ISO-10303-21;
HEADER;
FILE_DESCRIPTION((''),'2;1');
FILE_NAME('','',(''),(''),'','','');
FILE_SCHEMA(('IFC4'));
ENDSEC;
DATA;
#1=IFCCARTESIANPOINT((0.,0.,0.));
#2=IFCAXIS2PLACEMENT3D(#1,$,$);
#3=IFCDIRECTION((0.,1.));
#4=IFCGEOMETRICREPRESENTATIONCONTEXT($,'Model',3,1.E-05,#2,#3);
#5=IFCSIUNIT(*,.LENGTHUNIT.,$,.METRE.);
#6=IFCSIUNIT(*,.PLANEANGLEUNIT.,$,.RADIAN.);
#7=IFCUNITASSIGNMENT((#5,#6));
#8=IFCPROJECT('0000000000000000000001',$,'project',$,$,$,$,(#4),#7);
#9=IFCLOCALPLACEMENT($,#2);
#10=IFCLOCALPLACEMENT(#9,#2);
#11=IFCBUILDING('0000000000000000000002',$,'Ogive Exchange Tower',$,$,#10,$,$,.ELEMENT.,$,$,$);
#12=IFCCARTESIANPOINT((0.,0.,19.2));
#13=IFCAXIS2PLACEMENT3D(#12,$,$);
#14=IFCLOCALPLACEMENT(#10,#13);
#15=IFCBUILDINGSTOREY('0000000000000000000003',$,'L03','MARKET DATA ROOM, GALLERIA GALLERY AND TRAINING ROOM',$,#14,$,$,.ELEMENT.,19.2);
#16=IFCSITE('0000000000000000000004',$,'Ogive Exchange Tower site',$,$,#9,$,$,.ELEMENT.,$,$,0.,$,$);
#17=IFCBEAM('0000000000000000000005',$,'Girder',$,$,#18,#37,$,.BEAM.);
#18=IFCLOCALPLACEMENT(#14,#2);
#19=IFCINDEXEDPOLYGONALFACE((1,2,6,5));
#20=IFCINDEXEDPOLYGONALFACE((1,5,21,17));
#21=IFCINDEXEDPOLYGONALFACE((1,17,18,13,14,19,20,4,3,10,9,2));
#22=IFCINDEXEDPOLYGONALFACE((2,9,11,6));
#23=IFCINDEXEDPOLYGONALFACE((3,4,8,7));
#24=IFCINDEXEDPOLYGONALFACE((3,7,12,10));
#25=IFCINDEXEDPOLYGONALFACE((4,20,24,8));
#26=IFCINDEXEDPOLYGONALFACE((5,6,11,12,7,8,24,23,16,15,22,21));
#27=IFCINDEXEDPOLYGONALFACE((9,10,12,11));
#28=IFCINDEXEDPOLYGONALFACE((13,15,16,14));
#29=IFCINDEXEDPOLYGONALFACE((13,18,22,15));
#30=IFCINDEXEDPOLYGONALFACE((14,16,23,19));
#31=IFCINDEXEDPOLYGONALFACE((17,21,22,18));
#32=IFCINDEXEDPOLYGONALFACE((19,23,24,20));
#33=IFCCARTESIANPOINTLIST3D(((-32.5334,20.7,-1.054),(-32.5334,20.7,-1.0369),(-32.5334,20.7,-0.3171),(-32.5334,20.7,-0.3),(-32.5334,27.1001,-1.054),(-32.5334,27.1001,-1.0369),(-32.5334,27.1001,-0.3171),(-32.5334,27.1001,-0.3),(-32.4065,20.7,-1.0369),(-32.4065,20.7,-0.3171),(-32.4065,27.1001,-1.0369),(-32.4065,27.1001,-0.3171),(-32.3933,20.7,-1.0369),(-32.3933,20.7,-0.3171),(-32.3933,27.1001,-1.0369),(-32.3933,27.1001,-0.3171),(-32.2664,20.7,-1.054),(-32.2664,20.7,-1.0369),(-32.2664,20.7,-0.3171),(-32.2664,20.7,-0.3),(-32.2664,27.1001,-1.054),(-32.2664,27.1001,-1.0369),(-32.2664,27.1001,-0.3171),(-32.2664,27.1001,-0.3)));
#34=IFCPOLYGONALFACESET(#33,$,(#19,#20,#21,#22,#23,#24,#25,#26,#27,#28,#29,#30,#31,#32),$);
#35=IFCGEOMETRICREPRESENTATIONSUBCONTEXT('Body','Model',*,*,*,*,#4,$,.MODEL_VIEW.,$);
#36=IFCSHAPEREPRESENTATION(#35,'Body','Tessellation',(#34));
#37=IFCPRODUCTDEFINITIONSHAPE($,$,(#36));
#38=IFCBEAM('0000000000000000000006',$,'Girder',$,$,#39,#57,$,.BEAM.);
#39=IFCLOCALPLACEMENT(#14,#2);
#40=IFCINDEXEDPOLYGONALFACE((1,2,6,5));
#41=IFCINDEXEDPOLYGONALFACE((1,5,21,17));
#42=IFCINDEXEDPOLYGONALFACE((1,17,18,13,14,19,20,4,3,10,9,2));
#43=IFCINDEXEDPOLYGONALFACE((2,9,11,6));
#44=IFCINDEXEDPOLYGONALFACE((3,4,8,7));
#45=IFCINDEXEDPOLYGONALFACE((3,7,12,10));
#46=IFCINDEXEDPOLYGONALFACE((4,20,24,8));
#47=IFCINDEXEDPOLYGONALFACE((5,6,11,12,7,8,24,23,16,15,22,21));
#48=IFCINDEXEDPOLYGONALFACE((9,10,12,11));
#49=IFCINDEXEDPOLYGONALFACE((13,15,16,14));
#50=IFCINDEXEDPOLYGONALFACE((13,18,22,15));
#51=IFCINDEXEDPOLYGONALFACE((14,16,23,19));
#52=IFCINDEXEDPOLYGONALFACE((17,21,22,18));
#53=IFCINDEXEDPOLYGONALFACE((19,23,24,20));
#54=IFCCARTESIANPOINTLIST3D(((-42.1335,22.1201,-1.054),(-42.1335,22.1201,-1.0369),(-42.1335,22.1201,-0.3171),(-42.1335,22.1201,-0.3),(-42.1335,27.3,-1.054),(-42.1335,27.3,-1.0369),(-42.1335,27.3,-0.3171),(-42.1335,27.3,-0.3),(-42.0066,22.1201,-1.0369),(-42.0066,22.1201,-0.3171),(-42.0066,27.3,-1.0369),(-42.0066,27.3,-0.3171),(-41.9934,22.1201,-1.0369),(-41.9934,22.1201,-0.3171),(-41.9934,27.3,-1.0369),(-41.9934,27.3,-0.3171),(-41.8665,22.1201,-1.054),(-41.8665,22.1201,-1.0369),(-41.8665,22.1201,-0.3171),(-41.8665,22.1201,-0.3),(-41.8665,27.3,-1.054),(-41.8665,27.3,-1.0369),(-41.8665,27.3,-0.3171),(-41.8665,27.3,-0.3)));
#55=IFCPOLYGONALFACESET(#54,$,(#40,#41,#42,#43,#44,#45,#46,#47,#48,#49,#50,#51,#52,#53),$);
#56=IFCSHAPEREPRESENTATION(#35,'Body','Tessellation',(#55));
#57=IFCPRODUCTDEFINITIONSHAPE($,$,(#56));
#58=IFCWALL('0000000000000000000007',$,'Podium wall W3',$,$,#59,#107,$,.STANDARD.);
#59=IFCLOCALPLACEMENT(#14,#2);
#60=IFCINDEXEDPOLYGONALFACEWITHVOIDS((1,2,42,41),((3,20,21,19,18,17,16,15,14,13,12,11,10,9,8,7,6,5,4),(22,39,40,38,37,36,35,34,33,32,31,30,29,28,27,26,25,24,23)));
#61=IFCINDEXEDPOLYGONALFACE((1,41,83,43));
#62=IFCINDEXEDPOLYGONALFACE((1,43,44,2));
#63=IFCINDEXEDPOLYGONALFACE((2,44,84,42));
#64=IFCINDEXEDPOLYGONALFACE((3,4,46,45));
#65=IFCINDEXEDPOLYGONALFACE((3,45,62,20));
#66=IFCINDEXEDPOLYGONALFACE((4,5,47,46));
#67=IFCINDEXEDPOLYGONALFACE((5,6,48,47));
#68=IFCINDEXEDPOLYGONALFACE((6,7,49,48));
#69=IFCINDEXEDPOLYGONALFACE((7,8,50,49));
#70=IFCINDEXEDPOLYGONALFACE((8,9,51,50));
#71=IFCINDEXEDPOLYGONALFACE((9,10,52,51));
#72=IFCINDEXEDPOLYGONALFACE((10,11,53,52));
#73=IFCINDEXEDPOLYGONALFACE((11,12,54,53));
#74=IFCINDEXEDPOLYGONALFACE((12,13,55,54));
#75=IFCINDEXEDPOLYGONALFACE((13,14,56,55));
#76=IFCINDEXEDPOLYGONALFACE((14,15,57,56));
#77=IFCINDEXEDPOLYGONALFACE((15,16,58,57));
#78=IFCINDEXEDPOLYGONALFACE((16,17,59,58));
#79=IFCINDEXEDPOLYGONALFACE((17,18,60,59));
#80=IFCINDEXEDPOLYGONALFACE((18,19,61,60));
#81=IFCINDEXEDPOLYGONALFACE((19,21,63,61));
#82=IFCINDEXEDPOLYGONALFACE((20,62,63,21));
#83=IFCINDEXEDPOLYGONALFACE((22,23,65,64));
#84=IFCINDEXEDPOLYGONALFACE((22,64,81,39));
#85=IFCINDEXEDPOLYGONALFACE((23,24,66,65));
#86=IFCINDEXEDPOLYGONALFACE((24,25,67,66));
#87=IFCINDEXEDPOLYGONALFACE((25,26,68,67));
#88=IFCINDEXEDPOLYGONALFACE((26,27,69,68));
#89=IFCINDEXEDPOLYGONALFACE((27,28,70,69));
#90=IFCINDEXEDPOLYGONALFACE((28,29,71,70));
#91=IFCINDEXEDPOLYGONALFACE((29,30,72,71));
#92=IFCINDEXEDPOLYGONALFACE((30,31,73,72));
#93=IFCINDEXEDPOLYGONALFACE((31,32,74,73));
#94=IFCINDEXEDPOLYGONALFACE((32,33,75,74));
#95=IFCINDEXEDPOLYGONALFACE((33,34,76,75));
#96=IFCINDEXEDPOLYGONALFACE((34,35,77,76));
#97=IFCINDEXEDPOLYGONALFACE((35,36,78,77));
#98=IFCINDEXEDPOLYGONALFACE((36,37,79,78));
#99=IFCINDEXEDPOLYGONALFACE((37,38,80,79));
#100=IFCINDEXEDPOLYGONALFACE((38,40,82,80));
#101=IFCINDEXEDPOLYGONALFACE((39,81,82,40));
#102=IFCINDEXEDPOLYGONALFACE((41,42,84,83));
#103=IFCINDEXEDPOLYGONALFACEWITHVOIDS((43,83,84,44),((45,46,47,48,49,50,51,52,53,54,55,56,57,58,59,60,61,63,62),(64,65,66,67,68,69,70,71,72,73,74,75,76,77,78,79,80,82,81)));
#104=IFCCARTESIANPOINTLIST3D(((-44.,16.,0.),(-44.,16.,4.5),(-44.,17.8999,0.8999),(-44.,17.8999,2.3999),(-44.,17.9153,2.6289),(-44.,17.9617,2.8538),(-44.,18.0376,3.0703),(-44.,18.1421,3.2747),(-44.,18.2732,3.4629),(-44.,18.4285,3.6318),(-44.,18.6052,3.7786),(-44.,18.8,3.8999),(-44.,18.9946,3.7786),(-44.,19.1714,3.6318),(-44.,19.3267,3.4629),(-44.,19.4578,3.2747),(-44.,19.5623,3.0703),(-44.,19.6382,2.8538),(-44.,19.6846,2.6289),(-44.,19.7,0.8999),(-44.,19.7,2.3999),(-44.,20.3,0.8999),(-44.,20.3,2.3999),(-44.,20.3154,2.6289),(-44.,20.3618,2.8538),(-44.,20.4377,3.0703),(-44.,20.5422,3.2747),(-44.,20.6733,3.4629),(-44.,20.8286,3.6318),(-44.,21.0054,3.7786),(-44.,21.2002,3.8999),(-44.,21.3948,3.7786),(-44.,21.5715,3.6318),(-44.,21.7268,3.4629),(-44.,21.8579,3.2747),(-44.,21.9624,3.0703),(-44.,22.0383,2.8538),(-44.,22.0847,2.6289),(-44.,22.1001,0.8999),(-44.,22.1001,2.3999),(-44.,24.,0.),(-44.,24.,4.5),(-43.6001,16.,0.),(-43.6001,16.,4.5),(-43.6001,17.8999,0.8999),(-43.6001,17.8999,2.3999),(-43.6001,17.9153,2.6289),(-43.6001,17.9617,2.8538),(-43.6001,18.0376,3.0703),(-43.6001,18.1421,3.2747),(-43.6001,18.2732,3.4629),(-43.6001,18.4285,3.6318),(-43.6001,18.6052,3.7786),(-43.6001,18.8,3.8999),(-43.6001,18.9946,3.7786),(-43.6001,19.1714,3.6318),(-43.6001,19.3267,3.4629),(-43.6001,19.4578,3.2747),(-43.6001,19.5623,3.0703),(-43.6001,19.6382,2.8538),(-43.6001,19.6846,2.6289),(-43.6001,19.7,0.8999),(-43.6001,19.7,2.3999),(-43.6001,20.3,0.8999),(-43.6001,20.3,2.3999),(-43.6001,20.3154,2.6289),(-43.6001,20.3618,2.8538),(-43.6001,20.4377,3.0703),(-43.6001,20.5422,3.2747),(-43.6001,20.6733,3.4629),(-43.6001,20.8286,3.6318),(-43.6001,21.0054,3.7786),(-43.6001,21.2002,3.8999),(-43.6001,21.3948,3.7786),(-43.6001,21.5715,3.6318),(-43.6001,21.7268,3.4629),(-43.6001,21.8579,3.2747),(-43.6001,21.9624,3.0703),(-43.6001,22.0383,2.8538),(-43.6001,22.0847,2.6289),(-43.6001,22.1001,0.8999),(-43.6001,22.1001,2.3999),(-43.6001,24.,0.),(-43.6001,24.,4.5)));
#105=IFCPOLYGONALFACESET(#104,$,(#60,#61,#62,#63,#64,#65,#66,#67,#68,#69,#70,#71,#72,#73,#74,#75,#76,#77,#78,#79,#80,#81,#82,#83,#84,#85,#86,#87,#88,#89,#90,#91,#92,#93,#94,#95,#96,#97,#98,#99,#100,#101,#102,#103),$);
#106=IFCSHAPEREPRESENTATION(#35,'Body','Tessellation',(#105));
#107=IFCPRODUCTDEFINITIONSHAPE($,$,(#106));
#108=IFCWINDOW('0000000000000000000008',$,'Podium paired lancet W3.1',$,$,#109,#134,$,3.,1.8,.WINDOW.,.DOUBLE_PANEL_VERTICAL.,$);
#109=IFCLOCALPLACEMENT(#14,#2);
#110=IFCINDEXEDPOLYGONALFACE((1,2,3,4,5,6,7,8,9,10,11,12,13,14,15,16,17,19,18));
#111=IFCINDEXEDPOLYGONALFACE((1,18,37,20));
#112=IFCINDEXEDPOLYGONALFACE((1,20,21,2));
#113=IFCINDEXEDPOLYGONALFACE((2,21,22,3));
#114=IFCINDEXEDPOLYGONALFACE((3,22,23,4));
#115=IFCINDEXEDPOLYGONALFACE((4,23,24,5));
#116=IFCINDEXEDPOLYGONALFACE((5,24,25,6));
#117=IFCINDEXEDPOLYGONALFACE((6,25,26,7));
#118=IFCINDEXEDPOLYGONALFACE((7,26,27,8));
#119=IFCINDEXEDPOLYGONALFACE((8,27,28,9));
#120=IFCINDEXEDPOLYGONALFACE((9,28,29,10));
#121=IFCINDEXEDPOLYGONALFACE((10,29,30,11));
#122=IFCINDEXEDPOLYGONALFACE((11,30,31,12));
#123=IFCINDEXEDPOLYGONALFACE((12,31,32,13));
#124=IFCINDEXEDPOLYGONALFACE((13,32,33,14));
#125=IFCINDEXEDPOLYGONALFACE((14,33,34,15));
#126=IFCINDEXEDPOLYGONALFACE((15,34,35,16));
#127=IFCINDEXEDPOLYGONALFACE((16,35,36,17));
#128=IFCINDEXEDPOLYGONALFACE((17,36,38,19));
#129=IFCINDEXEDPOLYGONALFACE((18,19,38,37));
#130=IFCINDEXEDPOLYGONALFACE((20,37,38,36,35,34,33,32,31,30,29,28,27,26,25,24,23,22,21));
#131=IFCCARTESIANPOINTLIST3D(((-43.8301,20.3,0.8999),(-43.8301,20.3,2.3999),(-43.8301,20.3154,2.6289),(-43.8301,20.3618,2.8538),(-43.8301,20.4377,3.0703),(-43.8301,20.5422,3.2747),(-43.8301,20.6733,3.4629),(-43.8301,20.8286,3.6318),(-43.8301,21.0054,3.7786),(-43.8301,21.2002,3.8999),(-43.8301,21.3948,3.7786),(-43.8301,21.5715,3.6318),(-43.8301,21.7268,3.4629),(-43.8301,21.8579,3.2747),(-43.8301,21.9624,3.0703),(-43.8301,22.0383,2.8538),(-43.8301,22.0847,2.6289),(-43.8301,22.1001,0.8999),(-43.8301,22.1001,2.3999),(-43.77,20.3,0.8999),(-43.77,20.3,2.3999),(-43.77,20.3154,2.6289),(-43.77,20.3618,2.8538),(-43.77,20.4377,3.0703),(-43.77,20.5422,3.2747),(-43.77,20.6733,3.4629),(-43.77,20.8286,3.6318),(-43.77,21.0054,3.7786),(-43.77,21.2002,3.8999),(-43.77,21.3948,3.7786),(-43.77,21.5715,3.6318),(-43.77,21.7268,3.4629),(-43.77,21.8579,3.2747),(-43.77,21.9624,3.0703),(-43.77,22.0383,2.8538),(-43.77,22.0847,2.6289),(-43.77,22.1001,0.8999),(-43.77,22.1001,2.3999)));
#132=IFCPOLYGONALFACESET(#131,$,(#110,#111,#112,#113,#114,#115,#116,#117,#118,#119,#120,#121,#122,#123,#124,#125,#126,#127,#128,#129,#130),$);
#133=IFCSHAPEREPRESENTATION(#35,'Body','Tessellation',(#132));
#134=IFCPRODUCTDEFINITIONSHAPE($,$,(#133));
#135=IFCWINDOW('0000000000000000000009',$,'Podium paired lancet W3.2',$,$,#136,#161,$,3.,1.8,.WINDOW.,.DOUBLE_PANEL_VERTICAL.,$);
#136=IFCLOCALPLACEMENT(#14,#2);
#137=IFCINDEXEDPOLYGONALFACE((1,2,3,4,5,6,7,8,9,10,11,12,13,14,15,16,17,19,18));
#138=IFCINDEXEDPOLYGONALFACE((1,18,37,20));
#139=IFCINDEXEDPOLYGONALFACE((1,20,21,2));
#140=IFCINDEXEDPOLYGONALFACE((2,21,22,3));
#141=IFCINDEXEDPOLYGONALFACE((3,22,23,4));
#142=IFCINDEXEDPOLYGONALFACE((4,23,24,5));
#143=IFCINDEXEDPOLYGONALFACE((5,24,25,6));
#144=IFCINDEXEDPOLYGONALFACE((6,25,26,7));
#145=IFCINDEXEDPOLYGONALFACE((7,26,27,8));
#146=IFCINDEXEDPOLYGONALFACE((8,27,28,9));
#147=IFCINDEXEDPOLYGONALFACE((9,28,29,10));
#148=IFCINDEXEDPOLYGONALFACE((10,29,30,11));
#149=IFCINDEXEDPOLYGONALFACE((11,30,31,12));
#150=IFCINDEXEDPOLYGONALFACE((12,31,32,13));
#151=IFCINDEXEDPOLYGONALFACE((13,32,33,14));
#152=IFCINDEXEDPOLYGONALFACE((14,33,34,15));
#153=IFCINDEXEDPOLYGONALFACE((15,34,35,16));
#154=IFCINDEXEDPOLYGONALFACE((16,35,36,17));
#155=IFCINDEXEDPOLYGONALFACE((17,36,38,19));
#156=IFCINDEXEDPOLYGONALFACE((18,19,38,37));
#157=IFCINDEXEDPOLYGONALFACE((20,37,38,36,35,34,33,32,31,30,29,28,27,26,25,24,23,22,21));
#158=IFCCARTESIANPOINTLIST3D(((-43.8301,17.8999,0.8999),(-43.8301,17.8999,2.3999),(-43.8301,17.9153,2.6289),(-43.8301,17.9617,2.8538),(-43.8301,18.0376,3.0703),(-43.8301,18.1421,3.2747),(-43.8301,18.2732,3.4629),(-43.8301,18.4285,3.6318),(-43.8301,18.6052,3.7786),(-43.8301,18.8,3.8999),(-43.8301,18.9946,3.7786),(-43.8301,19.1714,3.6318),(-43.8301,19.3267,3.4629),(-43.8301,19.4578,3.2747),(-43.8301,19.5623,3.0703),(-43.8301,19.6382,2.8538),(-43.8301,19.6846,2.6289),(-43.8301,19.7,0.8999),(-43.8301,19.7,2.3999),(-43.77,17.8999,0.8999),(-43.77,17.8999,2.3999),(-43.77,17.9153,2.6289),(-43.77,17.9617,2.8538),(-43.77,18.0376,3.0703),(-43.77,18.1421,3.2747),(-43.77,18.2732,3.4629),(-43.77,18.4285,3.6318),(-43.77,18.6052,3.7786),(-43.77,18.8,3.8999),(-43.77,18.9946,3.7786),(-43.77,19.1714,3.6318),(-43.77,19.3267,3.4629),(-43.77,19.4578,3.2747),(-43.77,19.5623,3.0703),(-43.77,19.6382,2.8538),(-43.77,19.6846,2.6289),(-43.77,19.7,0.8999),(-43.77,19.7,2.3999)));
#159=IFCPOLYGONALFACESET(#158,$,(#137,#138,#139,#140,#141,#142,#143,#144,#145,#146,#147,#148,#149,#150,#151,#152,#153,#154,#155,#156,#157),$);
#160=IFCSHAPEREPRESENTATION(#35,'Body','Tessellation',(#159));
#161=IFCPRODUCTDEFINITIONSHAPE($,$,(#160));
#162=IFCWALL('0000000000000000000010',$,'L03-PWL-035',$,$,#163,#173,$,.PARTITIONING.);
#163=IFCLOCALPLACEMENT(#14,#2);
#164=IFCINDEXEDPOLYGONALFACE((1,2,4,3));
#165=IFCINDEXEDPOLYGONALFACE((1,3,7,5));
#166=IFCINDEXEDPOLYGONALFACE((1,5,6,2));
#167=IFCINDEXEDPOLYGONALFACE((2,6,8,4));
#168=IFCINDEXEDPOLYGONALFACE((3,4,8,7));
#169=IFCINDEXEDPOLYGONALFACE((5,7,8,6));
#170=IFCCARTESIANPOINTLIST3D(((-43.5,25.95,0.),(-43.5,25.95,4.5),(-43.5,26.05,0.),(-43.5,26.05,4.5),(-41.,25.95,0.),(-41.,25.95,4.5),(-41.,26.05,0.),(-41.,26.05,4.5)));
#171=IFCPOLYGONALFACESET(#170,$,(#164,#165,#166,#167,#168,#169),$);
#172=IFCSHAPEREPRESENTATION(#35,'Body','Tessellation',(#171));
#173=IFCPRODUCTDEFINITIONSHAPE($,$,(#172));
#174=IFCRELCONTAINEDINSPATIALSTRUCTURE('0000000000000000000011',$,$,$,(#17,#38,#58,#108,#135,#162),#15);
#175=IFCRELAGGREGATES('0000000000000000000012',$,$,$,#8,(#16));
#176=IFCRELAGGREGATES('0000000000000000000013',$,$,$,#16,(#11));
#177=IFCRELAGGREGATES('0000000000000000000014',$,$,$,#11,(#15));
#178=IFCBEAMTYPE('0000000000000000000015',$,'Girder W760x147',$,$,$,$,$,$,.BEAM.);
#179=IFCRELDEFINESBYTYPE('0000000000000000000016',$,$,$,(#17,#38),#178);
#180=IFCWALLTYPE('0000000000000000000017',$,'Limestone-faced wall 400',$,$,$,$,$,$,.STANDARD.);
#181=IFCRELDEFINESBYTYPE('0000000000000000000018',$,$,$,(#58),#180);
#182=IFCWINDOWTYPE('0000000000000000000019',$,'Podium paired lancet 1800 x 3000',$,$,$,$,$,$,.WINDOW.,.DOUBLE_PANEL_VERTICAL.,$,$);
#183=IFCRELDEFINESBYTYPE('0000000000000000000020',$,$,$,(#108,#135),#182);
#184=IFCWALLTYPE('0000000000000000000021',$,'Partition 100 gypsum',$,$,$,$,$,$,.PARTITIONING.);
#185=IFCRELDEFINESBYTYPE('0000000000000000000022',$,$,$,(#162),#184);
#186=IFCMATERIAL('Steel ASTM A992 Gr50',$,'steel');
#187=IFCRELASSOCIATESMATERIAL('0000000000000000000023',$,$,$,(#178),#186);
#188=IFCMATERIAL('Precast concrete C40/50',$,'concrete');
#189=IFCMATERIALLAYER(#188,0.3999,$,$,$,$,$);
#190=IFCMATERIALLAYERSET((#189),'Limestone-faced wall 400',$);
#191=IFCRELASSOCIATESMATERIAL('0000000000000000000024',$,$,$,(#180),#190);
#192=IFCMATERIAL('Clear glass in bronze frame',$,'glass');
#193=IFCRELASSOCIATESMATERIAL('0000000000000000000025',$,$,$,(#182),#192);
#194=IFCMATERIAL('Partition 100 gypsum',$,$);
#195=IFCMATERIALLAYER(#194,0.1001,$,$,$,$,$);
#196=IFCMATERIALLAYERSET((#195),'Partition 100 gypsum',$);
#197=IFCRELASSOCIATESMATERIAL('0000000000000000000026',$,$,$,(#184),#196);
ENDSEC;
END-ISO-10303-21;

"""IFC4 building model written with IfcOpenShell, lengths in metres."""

from ifc_helpers import new_model, si_unit, direction, frame, frame_2d, origin, origin_2d, place, context, subcontext, project, spatial, polyline, rectangle, i_section, outline, extrude, material, layer, layer_set, material_profile, profile_set, type_object, element, fill, save


model = new_model("IFC4")

# Units and contexts
model_context = context("Model", 3, precision=1e-05, world=origin(), true_north=direction((0.0, 1.0)))
body_context = subcontext(model_context, "Body", "Model", "MODEL_VIEW")
ifc_project = project(units=[si_unit("LENGTHUNIT", "METRE"), si_unit("PLANEANGLEUNIT", "RADIAN")], contexts=[model_context])

# Site, building, storey
site_placement = place(None, origin())
site = spatial("IfcSite", under=ifc_project, at=site_placement, Name="Ogive Exchange Tower site", CompositionType="ELEMENT", RefElevation=0.0)
building_placement = place(site_placement, origin())
building = spatial("IfcBuilding", under=site, at=building_placement, Name="Ogive Exchange Tower", CompositionType="ELEMENT")
storey_placement = place(building_placement, frame((0.0, 0.0, 19.2)))
storey = spatial("IfcBuildingStorey", under=building, at=storey_placement, Name="L03", Description="MARKET DATA ROOM, GALLERIA GALLERY AND TRAINING ROOM", CompositionType="ELEMENT", Elevation=19.2)

# Beams
ifc_material_1 = material(Name="Steel ASTM A992 Gr50", Category="steel")
ifc_material_profile_1 = material_profile(ifc_material_1, i_section(OverallWidth=0.2671, OverallDepth=0.7539, WebThickness=0.0132, FlangeThickness=0.0171, at=origin_2d()), Name="W760x147")
ifc_profile_set_1 = profile_set([ifc_material_profile_1], Name="Steel ASTM A992 Gr50")
beam_type_1 = type_object("IfcBeamType", Name="Girder W760x147", PredefinedType="BEAM", material=ifc_profile_set_1)
beam_1_placement = place(storey_placement, frame((-32.3999, 27.1001, -0.677), z_axis=(0.0, -1.0, 0.0), x_axis=(1.0, 0.0, 0.0)))
element("IfcBeam", 1, at=beam_1_placement, inside=storey, type_object=beam_type_1, Name="Girder", PredefinedType="BEAM", context=body_context, shape_type="SweptSolid", body=[
    extrude(i_section(OverallWidth=0.2671, OverallDepth=0.7539, WebThickness=0.0132, FlangeThickness=0.0171, at=origin_2d()), origin(), (0.0, 0.0, 1.0), 6.4001),
])
beam_2_placement = place(storey_placement, frame((-42.0, 22.1201, -0.677), z_axis=(0.0, 1.0, 0.0), x_axis=(-1.0, 0.0, 0.0)))
element("IfcBeam", 2, at=beam_2_placement, inside=storey, type_object=beam_type_1, Name="Girder", PredefinedType="BEAM", context=body_context, shape_type="SweptSolid", body=[
    extrude(i_section(OverallWidth=0.2671, OverallDepth=0.7539, WebThickness=0.0132, FlangeThickness=0.0171, at=origin_2d()), origin(), (0.0, 0.0, 1.0), 5.1799),
])

# Wall, openings, windows
ifc_material_2 = material(Name="Precast concrete C40/50", Category="concrete")
ifc_layer_1 = layer(ifc_material_2, 0.3999)
ifc_layer_set_1 = layer_set([ifc_layer_1], Name="Limestone-faced wall 400")
wall_type_1 = type_object("IfcWallType", Name="Limestone-faced wall 400", PredefinedType="STANDARD", material=ifc_layer_set_1)
wall_1_placement = place(storey_placement, frame((-43.8, 24.0, 0.0), z_axis=(0.0, 0.0, 1.0), x_axis=(0.0, -1.0, 0.0)))
wall_1 = element("IfcWall", 3, at=wall_1_placement, inside=storey, type_object=wall_type_1, Name="Podium wall W3", PredefinedType="STANDARD", context=body_context, shape_type="SweptSolid", body=[
    extrude(rectangle(XDim=8.0, YDim=0.3999, at=frame_2d((4.0, 0.0))), origin(), (0.0, 0.0, 1.0), 4.5),
])
opening_1_placement = place(wall_1_placement, frame((1.8999, 0.0, 0.8999)))
opening_1 = element("IfcOpeningElement", 4, at=opening_1_placement, cuts=wall_1, PredefinedType="OPENING", context=body_context, shape_type="SweptSolid", body=[
    extrude(outline(polyline([(0.0, 0.0), (1.8, 0.0), (1.8, 1.5), (1.7847, 1.729), (1.7383, 1.9539), (1.6624, 2.1704), (1.5579, 2.3748), (1.4268, 2.563), (1.2715, 2.7319), (1.0947, 2.8787), (0.8999, 3.0), (0.7053, 2.8787), (0.5286, 2.7319), (0.3733, 2.563), (0.2422, 2.3748), (0.1377, 2.1704), (0.0618, 1.9539), (0.0154, 1.729), (0.0, 1.5), (0.0, 0.0)])), frame((0.0, 0.21, 0.0), z_axis=(0.0, -1.0, 0.0), x_axis=(1.0, 0.0, 0.0)), (0.0, 0.0, 1.0), 0.4199),
])
opening_2_placement = place(wall_1_placement, frame((4.3, 0.0, 0.8999)))
opening_2 = element("IfcOpeningElement", 5, at=opening_2_placement, cuts=wall_1, PredefinedType="OPENING", context=body_context, shape_type="SweptSolid", body=[
    extrude(outline(polyline([(0.0, 0.0), (1.8, 0.0), (1.8, 1.5), (1.7847, 1.729), (1.7383, 1.9539), (1.6624, 2.1704), (1.5579, 2.3748), (1.4268, 2.563), (1.2715, 2.7319), (1.0947, 2.8787), (0.8999, 3.0), (0.7053, 2.8787), (0.5286, 2.7319), (0.3733, 2.563), (0.2422, 2.3748), (0.1377, 2.1704), (0.0618, 1.9539), (0.0154, 1.729), (0.0, 1.5), (0.0, 0.0)])), frame((0.0, 0.21, 0.0), z_axis=(0.0, -1.0, 0.0), x_axis=(1.0, 0.0, 0.0)), (0.0, 0.0, 1.0), 0.4199),
])
ifc_material_3 = material(Name="Clear glass in bronze frame", Category="glass")
window_type = type_object("IfcWindowType", Name="Podium paired lancet 1800 x 3000", PartitioningType="DOUBLE_PANEL_VERTICAL", PredefinedType="WINDOW", material=ifc_material_3)
window_1_placement = place(opening_1_placement, origin())
window_1 = element("IfcWindow", 6, at=window_1_placement, inside=storey, type_object=window_type, Name="Podium paired lancet W3.1", OverallHeight=3.0, OverallWidth=1.8, PartitioningType="DOUBLE_PANEL_VERTICAL", PredefinedType="WINDOW", context=body_context, shape_type="SweptSolid", body=[
    extrude(outline(polyline([(0.0, 0.0), (1.8, 0.0), (1.8, 1.5), (1.7847, 1.729), (1.7383, 1.9539), (1.6624, 2.1704), (1.5579, 2.3748), (1.4268, 2.563), (1.2715, 2.7319), (1.0947, 2.8787), (0.8999, 3.0), (0.7053, 2.8787), (0.5286, 2.7319), (0.3733, 2.563), (0.2422, 2.3748), (0.1377, 2.1704), (0.0618, 1.9539), (0.0154, 1.729), (0.0, 1.5), (0.0, 0.0)])), frame((0.0, 0.03, 0.0), z_axis=(0.0, -1.0, 0.0), x_axis=(1.0, 0.0, 0.0)), (0.0, 0.0, 1.0), 0.0601),
])
fill(opening_1, window_1)
window_2_placement = place(opening_2_placement, origin())
window_2 = element("IfcWindow", 7, at=window_2_placement, inside=storey, type_object=window_type, Name="Podium paired lancet W3.2", OverallHeight=3.0, OverallWidth=1.8, PartitioningType="DOUBLE_PANEL_VERTICAL", PredefinedType="WINDOW", context=body_context, shape_type="SweptSolid", body=[
    extrude(outline(polyline([(0.0, 0.0), (1.8, 0.0), (1.8, 1.5), (1.7847, 1.729), (1.7383, 1.9539), (1.6624, 2.1704), (1.5579, 2.3748), (1.4268, 2.563), (1.2715, 2.7319), (1.0947, 2.8787), (0.8999, 3.0), (0.7053, 2.8787), (0.5286, 2.7319), (0.3733, 2.563), (0.2422, 2.3748), (0.1377, 2.1704), (0.0618, 1.9539), (0.0154, 1.729), (0.0, 1.5), (0.0, 0.0)])), frame((0.0, 0.03, 0.0), z_axis=(0.0, -1.0, 0.0), x_axis=(1.0, 0.0, 0.0)), (0.0, 0.0, 1.0), 0.0601),
])
fill(opening_2, window_2)

# Wall
ifc_material_4 = material(Name="Partition 100 gypsum")
ifc_layer_2 = layer(ifc_material_4, 0.1001)
ifc_layer_set_2 = layer_set([ifc_layer_2], Name="Partition 100 gypsum")
wall_type_2 = type_object("IfcWallType", Name="Partition 100 gypsum", PredefinedType="PARTITIONING", material=ifc_layer_set_2)
wall_2_placement = place(storey_placement, frame((-43.5, 26.0, 0.0), z_axis=(0.0, 0.0, 1.0), x_axis=(1.0, 0.0, 0.0)))
element("IfcWall", 8, at=wall_2_placement, inside=storey, type_object=wall_type_2, Name="L03-PWL-035", PredefinedType="PARTITIONING", context=body_context, shape_type="SweptSolid", body=[
    extrude(rectangle(XDim=2.5, YDim=0.1001, at=frame_2d((1.25, 0.0))), origin(), (0.0, 0.0, 1.0), 4.5),
])

save(model, "model.ifc")
